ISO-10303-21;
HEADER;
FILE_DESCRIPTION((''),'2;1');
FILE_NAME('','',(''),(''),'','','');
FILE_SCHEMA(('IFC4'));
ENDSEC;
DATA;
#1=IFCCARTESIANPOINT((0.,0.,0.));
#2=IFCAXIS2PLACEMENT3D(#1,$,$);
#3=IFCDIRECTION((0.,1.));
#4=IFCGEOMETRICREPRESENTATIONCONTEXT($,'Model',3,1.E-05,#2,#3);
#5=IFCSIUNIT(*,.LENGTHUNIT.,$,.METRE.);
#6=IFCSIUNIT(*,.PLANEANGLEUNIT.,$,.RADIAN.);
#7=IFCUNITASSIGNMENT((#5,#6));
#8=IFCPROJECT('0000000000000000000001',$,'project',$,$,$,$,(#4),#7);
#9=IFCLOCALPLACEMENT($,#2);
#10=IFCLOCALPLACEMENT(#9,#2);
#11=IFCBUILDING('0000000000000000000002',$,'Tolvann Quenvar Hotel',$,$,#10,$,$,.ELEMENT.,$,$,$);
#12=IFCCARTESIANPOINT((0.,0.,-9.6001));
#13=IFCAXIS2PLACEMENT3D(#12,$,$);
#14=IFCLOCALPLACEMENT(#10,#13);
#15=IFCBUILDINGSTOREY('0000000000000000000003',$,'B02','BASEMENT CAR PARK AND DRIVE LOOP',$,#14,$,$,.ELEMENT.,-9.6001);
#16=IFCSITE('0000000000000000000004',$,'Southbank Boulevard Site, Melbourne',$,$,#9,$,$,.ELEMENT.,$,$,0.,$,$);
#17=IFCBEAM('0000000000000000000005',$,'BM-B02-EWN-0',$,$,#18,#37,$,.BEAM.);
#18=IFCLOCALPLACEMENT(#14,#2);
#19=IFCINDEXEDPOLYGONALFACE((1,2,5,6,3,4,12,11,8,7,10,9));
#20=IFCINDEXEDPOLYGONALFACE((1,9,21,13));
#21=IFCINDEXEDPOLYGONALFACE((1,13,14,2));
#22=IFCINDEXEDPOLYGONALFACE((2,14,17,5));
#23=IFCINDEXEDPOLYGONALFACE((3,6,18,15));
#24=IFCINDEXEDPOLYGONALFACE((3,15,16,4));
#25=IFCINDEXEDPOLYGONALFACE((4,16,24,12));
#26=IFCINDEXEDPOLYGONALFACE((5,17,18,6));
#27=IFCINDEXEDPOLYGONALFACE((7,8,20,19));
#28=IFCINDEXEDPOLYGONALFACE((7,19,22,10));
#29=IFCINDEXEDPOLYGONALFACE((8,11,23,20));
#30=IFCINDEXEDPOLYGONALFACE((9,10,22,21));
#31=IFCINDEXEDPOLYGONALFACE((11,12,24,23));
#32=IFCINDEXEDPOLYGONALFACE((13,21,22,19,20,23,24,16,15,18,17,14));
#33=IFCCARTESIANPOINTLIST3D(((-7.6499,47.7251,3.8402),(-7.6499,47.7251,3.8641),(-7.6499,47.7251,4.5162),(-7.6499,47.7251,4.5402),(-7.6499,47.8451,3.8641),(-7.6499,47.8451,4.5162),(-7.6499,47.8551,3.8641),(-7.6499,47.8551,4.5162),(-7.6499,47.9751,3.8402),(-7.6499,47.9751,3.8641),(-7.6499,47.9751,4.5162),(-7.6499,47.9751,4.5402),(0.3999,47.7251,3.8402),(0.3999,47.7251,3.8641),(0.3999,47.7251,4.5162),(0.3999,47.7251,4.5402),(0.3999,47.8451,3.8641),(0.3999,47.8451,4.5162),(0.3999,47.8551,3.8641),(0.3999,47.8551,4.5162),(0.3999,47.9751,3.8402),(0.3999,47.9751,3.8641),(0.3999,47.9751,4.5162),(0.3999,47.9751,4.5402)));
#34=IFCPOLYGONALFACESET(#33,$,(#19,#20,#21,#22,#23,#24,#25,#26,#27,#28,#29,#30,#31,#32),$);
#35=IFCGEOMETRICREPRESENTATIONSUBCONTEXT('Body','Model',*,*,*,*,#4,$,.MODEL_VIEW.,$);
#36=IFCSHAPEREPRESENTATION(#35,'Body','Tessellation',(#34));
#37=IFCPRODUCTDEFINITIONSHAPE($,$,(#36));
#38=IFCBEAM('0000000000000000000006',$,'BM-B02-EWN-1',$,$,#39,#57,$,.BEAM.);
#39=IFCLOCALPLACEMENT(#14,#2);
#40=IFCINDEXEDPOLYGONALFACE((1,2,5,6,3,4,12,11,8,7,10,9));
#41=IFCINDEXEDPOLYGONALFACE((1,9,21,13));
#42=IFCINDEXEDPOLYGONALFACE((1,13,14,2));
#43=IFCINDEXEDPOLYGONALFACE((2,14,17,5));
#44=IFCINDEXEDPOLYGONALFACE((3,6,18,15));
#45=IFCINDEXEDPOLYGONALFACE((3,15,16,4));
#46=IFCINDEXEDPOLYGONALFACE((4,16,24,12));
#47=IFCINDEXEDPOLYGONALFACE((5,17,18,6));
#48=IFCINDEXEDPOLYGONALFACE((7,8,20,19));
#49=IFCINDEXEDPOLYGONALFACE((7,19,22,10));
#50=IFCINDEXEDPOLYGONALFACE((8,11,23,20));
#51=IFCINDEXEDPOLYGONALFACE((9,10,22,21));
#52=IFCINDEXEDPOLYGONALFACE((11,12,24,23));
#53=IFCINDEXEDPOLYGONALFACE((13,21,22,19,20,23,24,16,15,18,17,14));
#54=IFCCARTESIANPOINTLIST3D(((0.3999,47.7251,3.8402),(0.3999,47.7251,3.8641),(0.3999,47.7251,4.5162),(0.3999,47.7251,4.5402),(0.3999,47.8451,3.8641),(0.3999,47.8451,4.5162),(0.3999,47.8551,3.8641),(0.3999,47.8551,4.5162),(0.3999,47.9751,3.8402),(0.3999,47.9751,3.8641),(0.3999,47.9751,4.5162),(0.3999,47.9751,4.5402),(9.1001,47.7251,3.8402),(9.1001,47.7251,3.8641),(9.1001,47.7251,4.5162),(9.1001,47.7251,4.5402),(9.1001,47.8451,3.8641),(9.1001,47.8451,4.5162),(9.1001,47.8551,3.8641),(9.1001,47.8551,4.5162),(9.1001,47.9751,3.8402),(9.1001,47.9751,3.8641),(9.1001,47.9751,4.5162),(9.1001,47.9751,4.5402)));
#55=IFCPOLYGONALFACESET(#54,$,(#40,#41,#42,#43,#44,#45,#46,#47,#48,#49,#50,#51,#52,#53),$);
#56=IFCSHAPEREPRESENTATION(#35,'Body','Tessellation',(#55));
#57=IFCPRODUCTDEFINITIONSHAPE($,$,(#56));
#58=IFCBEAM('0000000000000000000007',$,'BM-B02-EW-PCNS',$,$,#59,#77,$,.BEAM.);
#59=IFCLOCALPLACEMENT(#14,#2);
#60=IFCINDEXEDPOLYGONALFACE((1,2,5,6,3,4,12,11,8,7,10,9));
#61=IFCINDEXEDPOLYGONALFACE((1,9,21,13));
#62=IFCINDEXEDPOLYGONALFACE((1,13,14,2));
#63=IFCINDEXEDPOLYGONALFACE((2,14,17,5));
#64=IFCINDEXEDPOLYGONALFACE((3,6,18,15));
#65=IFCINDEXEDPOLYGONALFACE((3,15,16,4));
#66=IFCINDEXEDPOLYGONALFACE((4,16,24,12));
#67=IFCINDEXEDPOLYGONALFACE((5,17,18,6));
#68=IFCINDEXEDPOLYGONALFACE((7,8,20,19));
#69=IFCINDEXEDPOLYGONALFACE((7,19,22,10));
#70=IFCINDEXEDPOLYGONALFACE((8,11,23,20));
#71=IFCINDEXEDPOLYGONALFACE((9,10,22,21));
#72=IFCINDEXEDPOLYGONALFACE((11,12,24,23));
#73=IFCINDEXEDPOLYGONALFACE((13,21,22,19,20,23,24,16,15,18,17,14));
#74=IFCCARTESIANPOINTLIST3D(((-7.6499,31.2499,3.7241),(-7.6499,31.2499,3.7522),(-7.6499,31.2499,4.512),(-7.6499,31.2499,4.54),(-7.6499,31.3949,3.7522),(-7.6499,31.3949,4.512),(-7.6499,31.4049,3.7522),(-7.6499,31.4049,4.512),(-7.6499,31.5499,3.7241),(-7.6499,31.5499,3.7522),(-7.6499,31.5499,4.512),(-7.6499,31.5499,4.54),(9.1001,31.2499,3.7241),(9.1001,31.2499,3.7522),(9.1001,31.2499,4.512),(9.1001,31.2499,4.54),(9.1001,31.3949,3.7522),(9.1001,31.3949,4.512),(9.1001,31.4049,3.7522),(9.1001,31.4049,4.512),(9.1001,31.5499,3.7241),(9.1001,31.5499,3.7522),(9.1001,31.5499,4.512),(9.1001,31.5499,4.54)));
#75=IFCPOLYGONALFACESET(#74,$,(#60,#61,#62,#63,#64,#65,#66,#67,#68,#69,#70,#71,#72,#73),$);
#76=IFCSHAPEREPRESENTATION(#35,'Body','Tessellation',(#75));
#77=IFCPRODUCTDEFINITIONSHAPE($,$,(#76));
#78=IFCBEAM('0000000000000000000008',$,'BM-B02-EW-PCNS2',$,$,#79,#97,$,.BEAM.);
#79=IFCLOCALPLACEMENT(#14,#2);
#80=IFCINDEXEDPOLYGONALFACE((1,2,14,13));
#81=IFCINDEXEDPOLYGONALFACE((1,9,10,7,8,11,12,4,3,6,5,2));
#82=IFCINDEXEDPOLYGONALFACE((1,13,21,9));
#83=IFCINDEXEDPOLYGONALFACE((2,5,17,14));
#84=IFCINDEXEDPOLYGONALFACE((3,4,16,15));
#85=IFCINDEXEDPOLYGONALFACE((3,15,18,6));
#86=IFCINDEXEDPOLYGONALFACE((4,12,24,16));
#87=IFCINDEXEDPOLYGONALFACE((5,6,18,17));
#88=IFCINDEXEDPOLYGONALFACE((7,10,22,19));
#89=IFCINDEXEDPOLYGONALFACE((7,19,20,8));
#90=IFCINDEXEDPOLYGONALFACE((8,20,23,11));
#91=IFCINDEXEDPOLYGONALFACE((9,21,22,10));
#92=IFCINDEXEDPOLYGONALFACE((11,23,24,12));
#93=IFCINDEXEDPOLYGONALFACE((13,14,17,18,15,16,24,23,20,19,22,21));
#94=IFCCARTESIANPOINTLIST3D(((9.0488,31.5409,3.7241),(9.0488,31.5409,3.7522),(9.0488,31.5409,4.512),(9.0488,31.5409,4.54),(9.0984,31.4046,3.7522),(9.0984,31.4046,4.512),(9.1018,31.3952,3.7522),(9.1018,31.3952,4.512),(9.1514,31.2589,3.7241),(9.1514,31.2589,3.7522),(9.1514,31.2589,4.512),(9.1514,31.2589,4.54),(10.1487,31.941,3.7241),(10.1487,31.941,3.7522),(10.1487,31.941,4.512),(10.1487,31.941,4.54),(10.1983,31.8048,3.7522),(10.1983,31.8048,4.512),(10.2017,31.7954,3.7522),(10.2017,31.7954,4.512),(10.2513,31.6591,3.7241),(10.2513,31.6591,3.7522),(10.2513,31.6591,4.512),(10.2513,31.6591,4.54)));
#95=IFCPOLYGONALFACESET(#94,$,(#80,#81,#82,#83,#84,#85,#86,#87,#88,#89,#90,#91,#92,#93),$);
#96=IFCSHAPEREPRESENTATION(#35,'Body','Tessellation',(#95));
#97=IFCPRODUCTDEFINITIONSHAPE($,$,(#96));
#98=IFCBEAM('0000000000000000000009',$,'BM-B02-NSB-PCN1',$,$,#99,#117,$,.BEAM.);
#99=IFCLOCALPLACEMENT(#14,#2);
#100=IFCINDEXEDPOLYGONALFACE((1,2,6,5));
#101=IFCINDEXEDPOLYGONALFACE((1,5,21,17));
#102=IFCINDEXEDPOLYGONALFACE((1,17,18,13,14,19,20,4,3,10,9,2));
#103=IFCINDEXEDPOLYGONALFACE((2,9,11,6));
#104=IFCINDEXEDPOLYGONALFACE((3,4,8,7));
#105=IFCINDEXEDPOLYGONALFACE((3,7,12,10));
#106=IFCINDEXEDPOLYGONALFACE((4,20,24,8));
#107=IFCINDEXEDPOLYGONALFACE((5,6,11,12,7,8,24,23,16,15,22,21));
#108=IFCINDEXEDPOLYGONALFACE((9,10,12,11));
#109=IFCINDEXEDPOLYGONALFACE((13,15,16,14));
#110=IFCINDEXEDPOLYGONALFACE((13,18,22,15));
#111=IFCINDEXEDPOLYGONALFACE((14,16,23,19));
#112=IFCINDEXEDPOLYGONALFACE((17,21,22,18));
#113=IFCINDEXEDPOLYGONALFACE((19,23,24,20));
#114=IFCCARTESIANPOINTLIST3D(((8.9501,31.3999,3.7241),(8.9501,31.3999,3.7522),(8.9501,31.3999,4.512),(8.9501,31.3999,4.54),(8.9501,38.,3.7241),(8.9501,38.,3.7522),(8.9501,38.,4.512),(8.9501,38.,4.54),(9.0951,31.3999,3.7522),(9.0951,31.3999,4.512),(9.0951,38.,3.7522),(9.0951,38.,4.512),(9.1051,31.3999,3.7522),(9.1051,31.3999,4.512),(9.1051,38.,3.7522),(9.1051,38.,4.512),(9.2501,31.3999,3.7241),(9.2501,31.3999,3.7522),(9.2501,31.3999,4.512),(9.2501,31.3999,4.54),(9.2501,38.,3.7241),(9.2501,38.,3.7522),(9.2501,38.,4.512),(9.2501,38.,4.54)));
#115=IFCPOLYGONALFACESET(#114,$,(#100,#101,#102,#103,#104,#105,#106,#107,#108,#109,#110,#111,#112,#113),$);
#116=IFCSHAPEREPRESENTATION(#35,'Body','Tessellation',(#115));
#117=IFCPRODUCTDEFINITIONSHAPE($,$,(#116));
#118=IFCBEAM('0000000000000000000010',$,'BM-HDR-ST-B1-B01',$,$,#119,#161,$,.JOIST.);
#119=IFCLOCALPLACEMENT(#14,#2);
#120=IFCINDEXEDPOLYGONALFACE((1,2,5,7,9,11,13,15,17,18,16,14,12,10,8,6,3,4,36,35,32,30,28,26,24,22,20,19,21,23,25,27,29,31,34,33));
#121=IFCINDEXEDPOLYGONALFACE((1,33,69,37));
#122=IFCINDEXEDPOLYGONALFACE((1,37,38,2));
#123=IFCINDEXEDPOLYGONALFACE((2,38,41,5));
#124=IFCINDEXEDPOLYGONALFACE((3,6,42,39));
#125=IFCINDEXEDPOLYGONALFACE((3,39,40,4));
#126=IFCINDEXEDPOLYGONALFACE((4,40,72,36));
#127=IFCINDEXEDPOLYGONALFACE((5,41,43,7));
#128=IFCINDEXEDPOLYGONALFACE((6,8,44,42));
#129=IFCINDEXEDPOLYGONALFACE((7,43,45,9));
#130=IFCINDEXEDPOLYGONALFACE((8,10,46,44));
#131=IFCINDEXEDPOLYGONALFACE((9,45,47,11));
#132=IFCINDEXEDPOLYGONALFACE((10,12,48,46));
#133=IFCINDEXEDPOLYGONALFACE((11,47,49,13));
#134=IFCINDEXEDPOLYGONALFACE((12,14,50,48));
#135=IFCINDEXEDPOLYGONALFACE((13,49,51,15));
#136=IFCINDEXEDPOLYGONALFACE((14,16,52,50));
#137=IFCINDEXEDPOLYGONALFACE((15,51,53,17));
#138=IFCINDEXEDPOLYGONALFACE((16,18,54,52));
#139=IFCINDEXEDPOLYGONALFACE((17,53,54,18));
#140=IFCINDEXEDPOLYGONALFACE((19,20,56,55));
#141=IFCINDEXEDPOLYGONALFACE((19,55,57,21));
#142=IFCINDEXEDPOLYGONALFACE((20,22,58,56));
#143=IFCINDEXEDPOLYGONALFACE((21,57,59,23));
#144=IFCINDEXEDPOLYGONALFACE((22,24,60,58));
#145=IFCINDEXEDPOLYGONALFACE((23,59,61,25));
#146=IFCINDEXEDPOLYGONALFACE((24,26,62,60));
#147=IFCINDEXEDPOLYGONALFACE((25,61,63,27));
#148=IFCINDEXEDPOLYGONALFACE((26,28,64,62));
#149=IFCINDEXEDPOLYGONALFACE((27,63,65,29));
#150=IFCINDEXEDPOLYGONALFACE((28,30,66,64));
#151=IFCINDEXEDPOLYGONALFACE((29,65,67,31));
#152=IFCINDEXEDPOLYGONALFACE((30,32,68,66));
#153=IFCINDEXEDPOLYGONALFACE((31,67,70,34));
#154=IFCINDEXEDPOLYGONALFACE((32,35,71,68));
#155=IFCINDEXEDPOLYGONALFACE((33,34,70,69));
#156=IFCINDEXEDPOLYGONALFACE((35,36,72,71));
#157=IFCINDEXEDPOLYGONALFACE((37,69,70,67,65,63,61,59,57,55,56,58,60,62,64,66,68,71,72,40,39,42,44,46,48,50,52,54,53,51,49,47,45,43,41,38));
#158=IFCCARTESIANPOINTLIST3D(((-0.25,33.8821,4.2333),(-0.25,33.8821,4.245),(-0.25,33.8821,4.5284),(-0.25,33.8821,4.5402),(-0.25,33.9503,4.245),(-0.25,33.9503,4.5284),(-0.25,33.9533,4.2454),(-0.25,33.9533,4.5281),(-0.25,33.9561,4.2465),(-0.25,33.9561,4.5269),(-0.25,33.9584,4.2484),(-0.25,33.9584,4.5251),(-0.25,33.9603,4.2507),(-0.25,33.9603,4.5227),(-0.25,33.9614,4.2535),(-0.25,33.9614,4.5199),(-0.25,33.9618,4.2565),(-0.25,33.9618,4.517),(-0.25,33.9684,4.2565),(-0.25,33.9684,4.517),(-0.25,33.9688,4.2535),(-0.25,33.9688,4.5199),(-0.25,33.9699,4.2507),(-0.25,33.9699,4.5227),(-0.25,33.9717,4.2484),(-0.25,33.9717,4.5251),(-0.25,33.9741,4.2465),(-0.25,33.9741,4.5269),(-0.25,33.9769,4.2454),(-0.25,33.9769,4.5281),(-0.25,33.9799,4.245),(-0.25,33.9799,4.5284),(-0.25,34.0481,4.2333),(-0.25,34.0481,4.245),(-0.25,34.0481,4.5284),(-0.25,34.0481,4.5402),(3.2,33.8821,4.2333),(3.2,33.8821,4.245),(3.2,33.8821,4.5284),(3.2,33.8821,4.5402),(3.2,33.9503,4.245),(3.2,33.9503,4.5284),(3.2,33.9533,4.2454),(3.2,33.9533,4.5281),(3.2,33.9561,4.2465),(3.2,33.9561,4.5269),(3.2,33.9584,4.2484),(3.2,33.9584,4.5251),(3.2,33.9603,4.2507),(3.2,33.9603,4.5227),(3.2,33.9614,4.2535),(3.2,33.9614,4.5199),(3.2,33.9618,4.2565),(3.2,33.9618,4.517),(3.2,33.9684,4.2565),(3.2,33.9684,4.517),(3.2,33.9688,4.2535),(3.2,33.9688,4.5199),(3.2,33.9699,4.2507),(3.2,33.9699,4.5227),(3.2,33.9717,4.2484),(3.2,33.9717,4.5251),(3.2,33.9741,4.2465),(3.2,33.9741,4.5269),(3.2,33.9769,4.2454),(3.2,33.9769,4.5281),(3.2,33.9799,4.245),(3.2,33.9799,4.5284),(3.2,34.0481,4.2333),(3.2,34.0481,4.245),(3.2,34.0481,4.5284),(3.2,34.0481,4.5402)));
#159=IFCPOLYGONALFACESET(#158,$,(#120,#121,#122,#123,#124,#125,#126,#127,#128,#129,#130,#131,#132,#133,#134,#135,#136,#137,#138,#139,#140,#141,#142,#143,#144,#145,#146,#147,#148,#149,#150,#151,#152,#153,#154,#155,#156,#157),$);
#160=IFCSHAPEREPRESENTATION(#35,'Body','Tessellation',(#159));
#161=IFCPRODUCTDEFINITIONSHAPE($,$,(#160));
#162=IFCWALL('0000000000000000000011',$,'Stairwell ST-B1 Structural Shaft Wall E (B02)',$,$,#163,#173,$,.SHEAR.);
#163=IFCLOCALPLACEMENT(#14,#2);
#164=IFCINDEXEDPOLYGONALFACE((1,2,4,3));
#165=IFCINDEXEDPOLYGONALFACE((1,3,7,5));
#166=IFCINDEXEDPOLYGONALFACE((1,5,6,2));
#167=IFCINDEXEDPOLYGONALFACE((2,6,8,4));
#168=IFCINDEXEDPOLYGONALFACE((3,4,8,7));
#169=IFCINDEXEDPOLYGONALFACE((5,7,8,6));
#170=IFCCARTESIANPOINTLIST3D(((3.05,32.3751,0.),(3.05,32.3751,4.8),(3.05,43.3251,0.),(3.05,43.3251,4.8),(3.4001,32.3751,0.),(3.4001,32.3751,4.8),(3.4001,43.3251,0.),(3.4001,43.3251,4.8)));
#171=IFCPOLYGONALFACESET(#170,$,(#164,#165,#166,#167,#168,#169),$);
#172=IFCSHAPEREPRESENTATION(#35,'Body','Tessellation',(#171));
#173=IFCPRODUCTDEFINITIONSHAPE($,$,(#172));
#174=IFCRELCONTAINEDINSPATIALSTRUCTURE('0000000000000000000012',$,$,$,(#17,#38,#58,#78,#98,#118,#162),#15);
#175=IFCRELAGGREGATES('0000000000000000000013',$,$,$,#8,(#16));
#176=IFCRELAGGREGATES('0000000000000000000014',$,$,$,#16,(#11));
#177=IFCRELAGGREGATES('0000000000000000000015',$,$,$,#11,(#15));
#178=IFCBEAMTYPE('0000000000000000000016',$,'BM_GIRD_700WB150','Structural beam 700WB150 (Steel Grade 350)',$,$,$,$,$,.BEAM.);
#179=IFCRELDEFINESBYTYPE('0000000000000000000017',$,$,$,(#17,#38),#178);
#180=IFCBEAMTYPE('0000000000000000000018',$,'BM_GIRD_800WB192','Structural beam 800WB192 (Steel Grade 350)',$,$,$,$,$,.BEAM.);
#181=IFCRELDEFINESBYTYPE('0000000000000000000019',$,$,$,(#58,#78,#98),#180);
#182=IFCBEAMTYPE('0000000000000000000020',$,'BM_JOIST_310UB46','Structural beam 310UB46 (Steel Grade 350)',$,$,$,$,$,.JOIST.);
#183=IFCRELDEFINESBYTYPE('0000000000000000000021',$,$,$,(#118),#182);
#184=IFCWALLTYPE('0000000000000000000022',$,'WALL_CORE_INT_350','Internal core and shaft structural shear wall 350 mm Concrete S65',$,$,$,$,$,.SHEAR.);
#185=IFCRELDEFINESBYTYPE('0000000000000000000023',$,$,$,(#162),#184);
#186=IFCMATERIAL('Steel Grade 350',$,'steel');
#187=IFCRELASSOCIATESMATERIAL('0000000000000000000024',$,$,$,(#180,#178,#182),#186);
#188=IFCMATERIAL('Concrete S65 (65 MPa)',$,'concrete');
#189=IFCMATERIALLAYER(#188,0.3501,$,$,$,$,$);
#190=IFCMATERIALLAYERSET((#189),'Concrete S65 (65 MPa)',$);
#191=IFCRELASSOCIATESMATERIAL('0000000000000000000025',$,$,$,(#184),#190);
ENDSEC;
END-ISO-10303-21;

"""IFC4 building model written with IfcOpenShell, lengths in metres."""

from ifc_helpers import new_model, si_unit, direction, frame, frame_2d, origin, origin_2d, place, context, subcontext, project, spatial, rectangle, i_section, extrude, source, transform, mapped, material, layer, layer_set, material_profile, profile_set, type_object, type_shapes, element, save


model = new_model("IFC4")

# Units and contexts
model_context = context("Model", 3, precision=1e-05, world=origin(), true_north=direction((0.0, 1.0)))
body_context = subcontext(model_context, "Body", "Model", "MODEL_VIEW")
ifc_project = project(units=[si_unit("LENGTHUNIT", "METRE"), si_unit("PLANEANGLEUNIT", "RADIAN")], contexts=[model_context])

# Site, building, storey
site_placement = place(None, origin())
site = spatial("IfcSite", under=ifc_project, at=site_placement, Name="Southbank Boulevard Site, Melbourne", CompositionType="ELEMENT", RefElevation=0.0)
building_placement = place(site_placement, origin())
building = spatial("IfcBuilding", under=site, at=building_placement, Name="Tolvann Quenvar Hotel", CompositionType="ELEMENT")
storey_placement = place(building_placement, frame((0.0, 0.0, -9.6001)))
storey = spatial("IfcBuildingStorey", under=building, at=storey_placement, Name="B02", Description="BASEMENT CAR PARK AND DRIVE LOOP", CompositionType="ELEMENT", Elevation=-9.6001)

# Beams
ifc_material_1 = material(Name="Steel Grade 350", Category="steel")
ifc_material_profile_1 = material_profile(ifc_material_1, i_section(OverallWidth=0.3, OverallDepth=0.8159, WebThickness=0.01, FlangeThickness=0.0281, at=origin_2d()), Name="800WB192")
ifc_profile_set_1 = profile_set([ifc_material_profile_1], Name="Steel Grade 350")
beam_type_1 = type_object("IfcBeamType", Name="BM_GIRD_800WB192", Description="Structural beam 800WB192 (Steel Grade 350)", PredefinedType="BEAM", material=ifc_profile_set_1)
ifc_material_profile_2 = material_profile(ifc_material_1, i_section(OverallWidth=0.25, OverallDepth=0.7, WebThickness=0.01, FlangeThickness=0.0239, at=origin_2d()), Name="700WB150")
ifc_profile_set_2 = profile_set([ifc_material_profile_2], Name="Steel Grade 350")
beam_type_2 = type_object("IfcBeamType", Name="BM_GIRD_700WB150", Description="Structural beam 700WB150 (Steel Grade 350)", PredefinedType="BEAM", material=ifc_profile_set_2)
shared_shape_1 = source(origin(), body_context, "Body", "SweptSolid", [
    extrude(i_section(OverallWidth=0.25, OverallDepth=0.7, WebThickness=0.01, FlangeThickness=0.0239, at=origin_2d()), origin(), (0.0, 0.0, 1.0), 8.0498),
])
beam_1_placement = place(storey_placement, frame((-7.6499, 47.8501, 4.1902), z_axis=(1.0, 0.0, 0.0), x_axis=(0.0, 1.0, 0.0)))
element("IfcBeam", 1, at=beam_1_placement, inside=storey, type_object=beam_type_2, Name="BM-B02-EWN-0", PredefinedType="BEAM", context=body_context, shape_type="MappedRepresentation", body=[
    mapped(shared_shape_1, transform((0.0, 0.0, 0.0), x_axis=(1.0, 0.0, 0.0), y_axis=(0.0, 1.0, 0.0), z_axis=(0.0, 0.0, 1.0), scale=1.0)),
])
shared_shape_2 = source(origin(), body_context, "Body", "SweptSolid", [
    extrude(i_section(OverallWidth=0.25, OverallDepth=0.7, WebThickness=0.01, FlangeThickness=0.0239, at=origin_2d()), origin(), (0.0, 0.0, 1.0), 8.7002),
])
beam_2_placement = place(storey_placement, frame((0.3999, 47.8501, 4.1902), z_axis=(1.0, 0.0, 0.0), x_axis=(0.0, 1.0, 0.0)))
element("IfcBeam", 2, at=beam_2_placement, inside=storey, type_object=beam_type_2, Name="BM-B02-EWN-1", PredefinedType="BEAM", context=body_context, shape_type="MappedRepresentation", body=[
    mapped(shared_shape_2, transform((0.0, 0.0, 0.0), x_axis=(1.0, 0.0, 0.0), y_axis=(0.0, 1.0, 0.0), z_axis=(0.0, 0.0, 1.0), scale=1.0)),
])
shared_shape_3 = source(origin(), body_context, "Body", "SweptSolid", [
    extrude(i_section(OverallWidth=0.3, OverallDepth=0.8159, WebThickness=0.01, FlangeThickness=0.0281, at=origin_2d()), origin(), (0.0, 0.0, 1.0), 16.75),
])
beam_3_placement = place(storey_placement, frame((-7.6499, 31.3999, 4.1321), z_axis=(1.0, 0.0, 0.0), x_axis=(0.0, 1.0, 0.0)))
element("IfcBeam", 3, at=beam_3_placement, inside=storey, type_object=beam_type_1, Name="BM-B02-EW-PCNS", PredefinedType="BEAM", context=body_context, shape_type="MappedRepresentation", body=[
    mapped(shared_shape_3, transform((0.0, 0.0, 0.0), x_axis=(1.0, 0.0, 0.0), y_axis=(0.0, 1.0, 0.0), z_axis=(0.0, 0.0, 1.0), scale=1.0)),
])
shared_shape_4 = source(origin(), body_context, "Body", "SweptSolid", [
    extrude(i_section(OverallWidth=0.3, OverallDepth=0.8159, WebThickness=0.01, FlangeThickness=0.0281, at=origin_2d()), origin(), (0.0, 0.0, 1.0), 1.1704),
])
beam_4_placement = place(storey_placement, frame((9.1001, 31.3999, 4.1321), z_axis=(0.939739, 0.341894, 0.0), x_axis=(-0.341894, 0.939739, 0.0)))
element("IfcBeam", 4, at=beam_4_placement, inside=storey, type_object=beam_type_1, Name="BM-B02-EW-PCNS2", PredefinedType="BEAM", context=body_context, shape_type="MappedRepresentation", body=[
    mapped(shared_shape_4, transform((0.0, 0.0, 0.0), x_axis=(1.0, 0.0, 0.0), y_axis=(0.0, 1.0, 0.0), z_axis=(0.0, 0.0, 1.0), scale=1.0)),
])
shared_shape_5 = source(origin(), body_context, "Body", "SweptSolid", [
    extrude(i_section(OverallWidth=0.3, OverallDepth=0.8159, WebThickness=0.01, FlangeThickness=0.0281, at=origin_2d()), origin(), (0.0, 0.0, 1.0), 6.6001),
])
beam_5_placement = place(storey_placement, frame((9.1001, 31.3999, 4.1321), z_axis=(0.0, 1.0, 0.0), x_axis=(-1.0, 0.0, 0.0)))
element("IfcBeam", 5, at=beam_5_placement, inside=storey, type_object=beam_type_1, Name="BM-B02-NSB-PCN1", PredefinedType="BEAM", context=body_context, shape_type="MappedRepresentation", body=[
    mapped(shared_shape_5, transform((0.0, 0.0, 0.0), x_axis=(1.0, 0.0, 0.0), y_axis=(0.0, 1.0, 0.0), z_axis=(0.0, 0.0, 1.0), scale=1.0)),
])
ifc_material_profile_3 = material_profile(ifc_material_1, i_section(OverallWidth=0.166, OverallDepth=0.3069, WebThickness=0.0066, FlangeThickness=0.0117, FilletRadius=0.0115, at=origin_2d()), Name="310UB46")
ifc_profile_set_3 = profile_set([ifc_material_profile_3], Name="Steel Grade 350")
beam_type_3 = type_object("IfcBeamType", Name="BM_JOIST_310UB46", Description="Structural beam 310UB46 (Steel Grade 350)", PredefinedType="JOIST", material=ifc_profile_set_3)
shared_shape_6 = source(origin(), body_context, "Body", "SweptSolid", [
    extrude(i_section(OverallWidth=0.166, OverallDepth=0.3069, WebThickness=0.0066, FlangeThickness=0.0117, FilletRadius=0.0115, at=origin_2d()), origin(), (0.0, 0.0, 1.0), 3.45),
])
type_shapes(beam_type_3, [shared_shape_6])
beam_6_placement = place(storey_placement, frame((-0.25, 33.9651, 4.3867), z_axis=(1.0, 0.0, 0.0), x_axis=(0.0, 1.0, 0.0)))
element("IfcBeam", 6, at=beam_6_placement, inside=storey, type_object=beam_type_3, Name="BM-HDR-ST-B1-B01", PredefinedType="JOIST", context=body_context, shape_type="MappedRepresentation", body=[
    mapped(shared_shape_6, transform((0.0, 0.0, 0.0), x_axis=(1.0, 0.0, 0.0), y_axis=(0.0, 1.0, 0.0), z_axis=(0.0, 0.0, 1.0), scale=1.0)),
])

# Shared definitions
ifc_material_2 = material(Name="Concrete S65 (65 MPa)", Category="concrete")
ifc_layer_1 = layer(ifc_material_2, 0.3501)
ifc_layer_set_1 = layer_set([ifc_layer_1], Name="Concrete S65 (65 MPa)")
wall_type_1 = type_object("IfcWallType", Name="WALL_CORE_INT_350", Description="Internal core and shaft structural shear wall 350 mm Concrete S65", PredefinedType="SHEAR", material=ifc_layer_set_1)

# Wall
wall_1_placement = place(storey_placement, frame((3.2251, 32.375, 0.0), z_axis=(0.0, 0.0, 1.0), x_axis=(0.0, 1.0, 0.0)))
element("IfcWall", 7, at=wall_1_placement, inside=storey, type_object=wall_type_1, Name="Stairwell ST-B1 Structural Shaft Wall E (B02)", PredefinedType="SHEAR", context=body_context, shape_type="SweptSolid", body=[
    extrude(rectangle(XDim=10.95, YDim=0.3501, at=frame_2d((5.4751, 0.0))), origin(), (0.0, 0.0, 1.0), 4.8),
])

save(model, "model.ifc")
